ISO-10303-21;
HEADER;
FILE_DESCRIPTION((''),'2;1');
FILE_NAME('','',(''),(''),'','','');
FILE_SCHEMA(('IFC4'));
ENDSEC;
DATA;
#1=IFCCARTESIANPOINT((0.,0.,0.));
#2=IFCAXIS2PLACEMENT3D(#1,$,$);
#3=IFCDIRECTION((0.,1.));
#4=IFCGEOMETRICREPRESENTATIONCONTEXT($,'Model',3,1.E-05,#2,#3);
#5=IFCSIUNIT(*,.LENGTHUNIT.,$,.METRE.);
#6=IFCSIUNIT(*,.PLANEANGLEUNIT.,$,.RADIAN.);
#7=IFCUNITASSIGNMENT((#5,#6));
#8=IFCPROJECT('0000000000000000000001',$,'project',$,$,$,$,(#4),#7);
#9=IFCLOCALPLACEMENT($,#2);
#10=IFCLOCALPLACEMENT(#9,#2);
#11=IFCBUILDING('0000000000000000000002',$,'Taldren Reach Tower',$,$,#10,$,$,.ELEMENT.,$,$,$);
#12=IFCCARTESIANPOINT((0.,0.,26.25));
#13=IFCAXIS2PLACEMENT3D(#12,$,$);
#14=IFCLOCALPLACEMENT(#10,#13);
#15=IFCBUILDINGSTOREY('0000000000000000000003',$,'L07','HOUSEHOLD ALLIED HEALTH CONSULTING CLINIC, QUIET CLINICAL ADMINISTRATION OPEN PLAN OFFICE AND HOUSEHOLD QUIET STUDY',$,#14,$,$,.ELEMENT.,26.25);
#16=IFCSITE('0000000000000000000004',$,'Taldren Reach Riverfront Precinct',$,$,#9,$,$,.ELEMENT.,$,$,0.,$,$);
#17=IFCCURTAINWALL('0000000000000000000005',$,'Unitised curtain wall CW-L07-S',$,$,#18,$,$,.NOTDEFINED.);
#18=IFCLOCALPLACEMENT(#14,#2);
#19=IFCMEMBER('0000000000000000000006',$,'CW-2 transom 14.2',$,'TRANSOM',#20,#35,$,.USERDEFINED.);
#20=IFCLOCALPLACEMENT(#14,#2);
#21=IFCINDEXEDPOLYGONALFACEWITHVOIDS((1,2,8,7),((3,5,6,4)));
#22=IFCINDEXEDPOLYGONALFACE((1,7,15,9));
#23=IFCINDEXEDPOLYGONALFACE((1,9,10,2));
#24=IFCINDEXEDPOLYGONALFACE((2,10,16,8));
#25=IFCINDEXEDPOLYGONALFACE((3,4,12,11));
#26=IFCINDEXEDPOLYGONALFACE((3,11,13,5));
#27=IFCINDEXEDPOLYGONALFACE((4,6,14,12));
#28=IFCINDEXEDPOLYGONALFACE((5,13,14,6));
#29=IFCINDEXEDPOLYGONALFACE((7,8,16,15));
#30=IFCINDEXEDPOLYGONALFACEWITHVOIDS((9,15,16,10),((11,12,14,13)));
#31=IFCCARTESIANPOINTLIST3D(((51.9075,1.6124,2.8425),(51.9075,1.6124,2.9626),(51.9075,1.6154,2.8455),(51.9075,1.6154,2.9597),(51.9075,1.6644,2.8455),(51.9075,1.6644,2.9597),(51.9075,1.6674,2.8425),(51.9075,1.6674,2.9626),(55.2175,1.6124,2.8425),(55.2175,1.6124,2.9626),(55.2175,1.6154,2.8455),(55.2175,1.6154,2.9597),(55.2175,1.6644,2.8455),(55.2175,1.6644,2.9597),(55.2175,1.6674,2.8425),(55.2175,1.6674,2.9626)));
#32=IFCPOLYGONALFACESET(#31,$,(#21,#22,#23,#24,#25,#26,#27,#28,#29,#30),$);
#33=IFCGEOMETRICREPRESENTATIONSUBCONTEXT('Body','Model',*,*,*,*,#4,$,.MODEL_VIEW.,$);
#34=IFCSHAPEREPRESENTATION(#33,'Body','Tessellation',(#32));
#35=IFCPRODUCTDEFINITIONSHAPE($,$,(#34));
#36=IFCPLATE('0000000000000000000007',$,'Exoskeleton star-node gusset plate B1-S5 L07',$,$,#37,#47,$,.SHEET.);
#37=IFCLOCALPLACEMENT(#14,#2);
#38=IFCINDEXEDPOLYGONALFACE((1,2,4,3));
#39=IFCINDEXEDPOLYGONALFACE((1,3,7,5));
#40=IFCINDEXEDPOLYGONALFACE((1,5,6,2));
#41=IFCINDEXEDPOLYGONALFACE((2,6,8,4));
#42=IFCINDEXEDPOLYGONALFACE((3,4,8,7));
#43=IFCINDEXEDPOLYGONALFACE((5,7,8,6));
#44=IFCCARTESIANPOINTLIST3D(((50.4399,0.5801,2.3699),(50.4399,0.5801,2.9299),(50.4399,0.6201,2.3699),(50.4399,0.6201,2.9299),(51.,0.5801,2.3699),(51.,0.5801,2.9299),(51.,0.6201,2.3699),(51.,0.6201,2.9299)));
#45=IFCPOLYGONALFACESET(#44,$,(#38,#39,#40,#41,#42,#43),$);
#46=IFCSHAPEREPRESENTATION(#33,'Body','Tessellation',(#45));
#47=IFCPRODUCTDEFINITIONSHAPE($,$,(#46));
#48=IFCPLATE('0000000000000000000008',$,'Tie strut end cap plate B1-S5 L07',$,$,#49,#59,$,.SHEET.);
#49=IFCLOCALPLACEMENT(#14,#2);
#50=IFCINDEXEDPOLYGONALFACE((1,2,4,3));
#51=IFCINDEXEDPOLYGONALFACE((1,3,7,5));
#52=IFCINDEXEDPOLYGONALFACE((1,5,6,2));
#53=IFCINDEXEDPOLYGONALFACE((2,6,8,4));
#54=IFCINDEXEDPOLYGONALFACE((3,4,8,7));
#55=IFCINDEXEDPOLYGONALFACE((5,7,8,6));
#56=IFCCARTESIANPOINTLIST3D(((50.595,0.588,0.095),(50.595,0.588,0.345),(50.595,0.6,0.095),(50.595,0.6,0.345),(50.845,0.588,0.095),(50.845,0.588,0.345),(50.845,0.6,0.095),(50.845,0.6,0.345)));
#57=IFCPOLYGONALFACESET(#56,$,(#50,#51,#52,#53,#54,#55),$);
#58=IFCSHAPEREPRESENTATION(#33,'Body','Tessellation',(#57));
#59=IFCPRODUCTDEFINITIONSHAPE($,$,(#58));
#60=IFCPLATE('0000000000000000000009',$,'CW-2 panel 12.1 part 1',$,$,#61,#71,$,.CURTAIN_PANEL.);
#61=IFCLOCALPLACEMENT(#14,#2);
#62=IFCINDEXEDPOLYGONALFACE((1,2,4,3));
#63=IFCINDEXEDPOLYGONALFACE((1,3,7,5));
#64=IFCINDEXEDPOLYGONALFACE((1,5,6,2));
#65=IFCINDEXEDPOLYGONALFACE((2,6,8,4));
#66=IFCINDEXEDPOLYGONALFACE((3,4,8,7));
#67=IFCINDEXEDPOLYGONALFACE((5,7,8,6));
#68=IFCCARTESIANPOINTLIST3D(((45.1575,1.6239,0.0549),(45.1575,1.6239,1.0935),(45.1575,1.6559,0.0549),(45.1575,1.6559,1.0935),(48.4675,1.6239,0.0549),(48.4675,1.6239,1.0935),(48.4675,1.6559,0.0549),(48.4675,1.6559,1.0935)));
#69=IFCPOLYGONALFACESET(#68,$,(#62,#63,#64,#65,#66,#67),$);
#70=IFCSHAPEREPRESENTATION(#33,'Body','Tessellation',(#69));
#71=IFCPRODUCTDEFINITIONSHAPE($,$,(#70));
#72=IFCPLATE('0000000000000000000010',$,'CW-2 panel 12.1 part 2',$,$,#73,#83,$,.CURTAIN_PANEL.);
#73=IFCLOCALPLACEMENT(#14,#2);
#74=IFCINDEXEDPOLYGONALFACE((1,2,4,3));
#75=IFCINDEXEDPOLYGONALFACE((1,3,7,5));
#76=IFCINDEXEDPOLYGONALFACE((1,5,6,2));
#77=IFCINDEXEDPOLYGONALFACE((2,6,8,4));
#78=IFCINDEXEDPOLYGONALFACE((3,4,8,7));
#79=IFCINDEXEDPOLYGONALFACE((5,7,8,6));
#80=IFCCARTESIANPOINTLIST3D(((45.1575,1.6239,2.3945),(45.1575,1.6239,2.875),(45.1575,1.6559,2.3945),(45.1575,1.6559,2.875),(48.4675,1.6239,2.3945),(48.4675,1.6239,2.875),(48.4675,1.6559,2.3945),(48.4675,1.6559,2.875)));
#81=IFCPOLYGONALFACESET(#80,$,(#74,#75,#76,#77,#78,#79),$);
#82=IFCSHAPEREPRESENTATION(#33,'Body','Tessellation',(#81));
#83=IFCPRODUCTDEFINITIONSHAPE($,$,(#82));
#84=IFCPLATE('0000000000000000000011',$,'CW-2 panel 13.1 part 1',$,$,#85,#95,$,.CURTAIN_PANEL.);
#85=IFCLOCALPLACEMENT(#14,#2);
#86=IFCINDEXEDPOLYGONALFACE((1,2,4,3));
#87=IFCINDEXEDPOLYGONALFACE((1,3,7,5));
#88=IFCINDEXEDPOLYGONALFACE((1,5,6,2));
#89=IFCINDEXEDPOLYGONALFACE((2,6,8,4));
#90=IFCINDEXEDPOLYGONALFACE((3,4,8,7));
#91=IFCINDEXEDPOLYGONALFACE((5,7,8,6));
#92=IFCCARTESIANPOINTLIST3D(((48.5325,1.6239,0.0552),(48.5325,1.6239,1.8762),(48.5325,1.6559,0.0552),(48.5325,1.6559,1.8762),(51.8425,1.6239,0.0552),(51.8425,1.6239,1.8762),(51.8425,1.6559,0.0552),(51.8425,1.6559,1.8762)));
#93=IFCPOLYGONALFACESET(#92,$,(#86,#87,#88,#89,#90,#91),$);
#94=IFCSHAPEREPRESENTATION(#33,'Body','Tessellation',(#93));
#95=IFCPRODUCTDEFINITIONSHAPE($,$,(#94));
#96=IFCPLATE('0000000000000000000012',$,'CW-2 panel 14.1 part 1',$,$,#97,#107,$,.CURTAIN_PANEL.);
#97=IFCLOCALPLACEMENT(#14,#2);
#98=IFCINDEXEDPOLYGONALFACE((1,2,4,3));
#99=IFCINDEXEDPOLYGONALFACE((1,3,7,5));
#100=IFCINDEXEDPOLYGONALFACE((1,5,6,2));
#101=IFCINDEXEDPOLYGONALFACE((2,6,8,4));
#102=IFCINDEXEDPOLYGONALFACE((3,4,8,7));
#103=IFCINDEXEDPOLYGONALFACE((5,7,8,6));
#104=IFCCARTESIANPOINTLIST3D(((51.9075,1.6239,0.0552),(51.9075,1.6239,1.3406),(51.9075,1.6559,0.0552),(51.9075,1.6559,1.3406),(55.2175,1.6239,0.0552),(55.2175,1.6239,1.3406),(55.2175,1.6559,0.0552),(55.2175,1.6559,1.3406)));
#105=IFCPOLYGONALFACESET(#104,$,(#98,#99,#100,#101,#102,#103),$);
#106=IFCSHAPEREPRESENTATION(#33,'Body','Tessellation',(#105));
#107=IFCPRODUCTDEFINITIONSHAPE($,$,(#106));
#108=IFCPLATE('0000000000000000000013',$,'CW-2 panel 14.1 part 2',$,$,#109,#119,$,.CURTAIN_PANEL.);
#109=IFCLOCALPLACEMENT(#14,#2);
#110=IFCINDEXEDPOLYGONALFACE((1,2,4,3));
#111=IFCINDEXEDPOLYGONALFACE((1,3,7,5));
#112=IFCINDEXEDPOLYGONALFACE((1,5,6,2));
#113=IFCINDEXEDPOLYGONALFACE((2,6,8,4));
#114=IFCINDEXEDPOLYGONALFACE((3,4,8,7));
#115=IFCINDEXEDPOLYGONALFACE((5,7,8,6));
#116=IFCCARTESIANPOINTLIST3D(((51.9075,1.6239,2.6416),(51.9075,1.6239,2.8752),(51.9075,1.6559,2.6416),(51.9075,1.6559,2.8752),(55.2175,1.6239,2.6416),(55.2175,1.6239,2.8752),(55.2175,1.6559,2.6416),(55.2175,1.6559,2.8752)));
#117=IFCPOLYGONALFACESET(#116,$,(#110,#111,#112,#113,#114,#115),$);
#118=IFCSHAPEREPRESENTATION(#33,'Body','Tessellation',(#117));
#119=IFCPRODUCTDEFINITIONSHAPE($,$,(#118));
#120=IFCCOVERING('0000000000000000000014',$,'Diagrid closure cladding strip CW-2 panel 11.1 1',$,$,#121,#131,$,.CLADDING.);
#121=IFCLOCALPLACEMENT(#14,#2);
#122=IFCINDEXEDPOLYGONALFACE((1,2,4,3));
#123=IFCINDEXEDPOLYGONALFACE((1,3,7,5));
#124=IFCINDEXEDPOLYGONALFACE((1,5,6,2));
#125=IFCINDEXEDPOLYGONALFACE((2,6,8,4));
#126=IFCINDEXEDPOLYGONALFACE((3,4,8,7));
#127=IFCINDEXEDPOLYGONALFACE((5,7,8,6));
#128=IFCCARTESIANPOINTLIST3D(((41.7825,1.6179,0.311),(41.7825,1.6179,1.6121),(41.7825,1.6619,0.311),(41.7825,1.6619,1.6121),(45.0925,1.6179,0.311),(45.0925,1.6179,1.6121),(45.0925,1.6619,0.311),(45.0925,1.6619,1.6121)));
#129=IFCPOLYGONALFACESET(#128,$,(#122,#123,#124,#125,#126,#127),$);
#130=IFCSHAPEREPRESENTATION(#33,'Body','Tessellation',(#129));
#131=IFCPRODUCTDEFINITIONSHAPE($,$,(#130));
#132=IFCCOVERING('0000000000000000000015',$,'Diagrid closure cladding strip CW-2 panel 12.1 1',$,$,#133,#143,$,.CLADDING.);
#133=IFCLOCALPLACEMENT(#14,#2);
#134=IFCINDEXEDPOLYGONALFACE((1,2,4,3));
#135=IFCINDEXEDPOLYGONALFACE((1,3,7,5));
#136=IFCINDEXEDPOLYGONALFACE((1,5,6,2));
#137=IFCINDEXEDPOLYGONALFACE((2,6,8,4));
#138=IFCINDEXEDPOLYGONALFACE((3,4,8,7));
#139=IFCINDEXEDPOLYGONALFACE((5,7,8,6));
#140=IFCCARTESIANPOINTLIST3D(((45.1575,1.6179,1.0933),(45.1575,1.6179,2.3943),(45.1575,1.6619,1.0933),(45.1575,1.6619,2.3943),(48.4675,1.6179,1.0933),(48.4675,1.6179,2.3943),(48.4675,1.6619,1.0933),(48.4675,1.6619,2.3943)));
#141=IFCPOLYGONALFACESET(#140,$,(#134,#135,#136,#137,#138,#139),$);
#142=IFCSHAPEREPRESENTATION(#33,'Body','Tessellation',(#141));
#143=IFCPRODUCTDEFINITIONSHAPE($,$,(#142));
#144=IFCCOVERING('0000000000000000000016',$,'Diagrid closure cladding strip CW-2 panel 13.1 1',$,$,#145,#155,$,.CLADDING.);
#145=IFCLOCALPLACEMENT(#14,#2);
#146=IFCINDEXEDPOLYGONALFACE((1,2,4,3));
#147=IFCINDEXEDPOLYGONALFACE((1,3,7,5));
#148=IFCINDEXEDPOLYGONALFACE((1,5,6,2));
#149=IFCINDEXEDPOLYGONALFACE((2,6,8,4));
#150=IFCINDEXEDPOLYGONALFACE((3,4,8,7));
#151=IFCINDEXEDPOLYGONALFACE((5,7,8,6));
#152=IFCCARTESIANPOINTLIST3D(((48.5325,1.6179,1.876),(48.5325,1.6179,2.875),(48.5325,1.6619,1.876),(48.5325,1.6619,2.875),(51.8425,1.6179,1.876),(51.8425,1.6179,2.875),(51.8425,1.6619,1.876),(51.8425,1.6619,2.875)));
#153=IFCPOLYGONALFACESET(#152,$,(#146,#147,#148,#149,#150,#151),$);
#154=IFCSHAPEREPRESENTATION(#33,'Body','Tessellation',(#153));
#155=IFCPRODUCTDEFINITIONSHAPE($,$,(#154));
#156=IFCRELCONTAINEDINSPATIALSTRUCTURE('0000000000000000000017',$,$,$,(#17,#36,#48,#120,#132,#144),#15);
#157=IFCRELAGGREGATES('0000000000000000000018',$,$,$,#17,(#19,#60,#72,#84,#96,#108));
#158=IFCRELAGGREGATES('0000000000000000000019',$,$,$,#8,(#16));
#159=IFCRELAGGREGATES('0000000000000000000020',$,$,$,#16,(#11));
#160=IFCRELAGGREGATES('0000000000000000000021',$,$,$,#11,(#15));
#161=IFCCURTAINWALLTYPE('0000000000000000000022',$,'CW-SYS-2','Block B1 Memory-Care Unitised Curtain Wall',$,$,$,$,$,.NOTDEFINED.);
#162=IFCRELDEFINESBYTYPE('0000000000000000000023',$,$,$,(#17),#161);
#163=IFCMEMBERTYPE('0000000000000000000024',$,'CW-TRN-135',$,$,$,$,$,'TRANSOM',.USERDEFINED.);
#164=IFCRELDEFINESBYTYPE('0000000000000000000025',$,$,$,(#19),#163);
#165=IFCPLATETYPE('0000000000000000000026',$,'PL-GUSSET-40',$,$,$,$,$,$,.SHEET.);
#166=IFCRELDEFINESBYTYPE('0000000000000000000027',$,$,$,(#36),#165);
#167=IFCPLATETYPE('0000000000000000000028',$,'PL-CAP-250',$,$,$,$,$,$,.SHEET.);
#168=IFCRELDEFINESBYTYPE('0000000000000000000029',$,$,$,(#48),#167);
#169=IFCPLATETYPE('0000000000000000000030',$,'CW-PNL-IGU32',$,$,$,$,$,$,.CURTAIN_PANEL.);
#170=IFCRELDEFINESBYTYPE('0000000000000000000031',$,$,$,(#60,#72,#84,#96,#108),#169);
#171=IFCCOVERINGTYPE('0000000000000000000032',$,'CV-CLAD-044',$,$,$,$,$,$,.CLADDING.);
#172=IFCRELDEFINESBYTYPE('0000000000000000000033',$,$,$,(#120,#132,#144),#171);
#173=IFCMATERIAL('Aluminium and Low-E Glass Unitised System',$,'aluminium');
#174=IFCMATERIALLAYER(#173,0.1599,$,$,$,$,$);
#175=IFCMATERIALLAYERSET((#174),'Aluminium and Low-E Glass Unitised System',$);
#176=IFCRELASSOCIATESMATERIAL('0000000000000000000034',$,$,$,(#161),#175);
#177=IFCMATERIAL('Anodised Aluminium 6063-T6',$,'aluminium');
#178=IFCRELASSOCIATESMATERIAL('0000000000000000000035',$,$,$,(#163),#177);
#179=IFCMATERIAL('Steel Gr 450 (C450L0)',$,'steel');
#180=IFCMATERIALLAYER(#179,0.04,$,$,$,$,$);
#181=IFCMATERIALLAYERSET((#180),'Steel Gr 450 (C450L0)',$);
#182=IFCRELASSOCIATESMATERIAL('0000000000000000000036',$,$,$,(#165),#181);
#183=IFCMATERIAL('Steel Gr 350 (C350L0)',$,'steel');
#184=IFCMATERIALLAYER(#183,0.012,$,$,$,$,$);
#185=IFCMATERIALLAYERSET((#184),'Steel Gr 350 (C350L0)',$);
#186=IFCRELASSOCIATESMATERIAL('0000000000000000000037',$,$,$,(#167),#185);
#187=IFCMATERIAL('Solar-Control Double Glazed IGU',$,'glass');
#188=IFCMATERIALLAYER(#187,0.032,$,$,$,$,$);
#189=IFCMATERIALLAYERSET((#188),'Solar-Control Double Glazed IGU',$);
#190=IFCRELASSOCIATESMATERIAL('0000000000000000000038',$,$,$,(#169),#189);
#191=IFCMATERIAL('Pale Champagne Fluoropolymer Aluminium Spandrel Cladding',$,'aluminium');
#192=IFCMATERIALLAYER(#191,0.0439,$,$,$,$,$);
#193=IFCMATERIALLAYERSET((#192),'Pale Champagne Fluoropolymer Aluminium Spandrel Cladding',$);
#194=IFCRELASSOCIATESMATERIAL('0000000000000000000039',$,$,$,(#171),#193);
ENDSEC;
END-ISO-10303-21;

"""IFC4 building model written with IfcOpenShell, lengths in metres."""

from ifc_helpers import new_model, si_unit, direction, frame, origin, origin_2d, place, context, subcontext, project, spatial, rectangle, hollow_rectangle, extrude, source, transform, mapped, material, layer, layer_set, material_profile, profile_set, type_object, element, aggregate, save


model = new_model("IFC4")

# Units and contexts
model_context = context("Model", 3, precision=1e-05, world=origin(), true_north=direction((0.0, 1.0)))
body_context = subcontext(model_context, "Body", "Model", "MODEL_VIEW")
ifc_project = project(units=[si_unit("LENGTHUNIT", "METRE"), si_unit("PLANEANGLEUNIT", "RADIAN")], contexts=[model_context])

# Site, building, storey
site_placement = place(None, origin())
site = spatial("IfcSite", under=ifc_project, at=site_placement, Name="Taldren Reach Riverfront Precinct", CompositionType="ELEMENT", RefElevation=0.0)
building_placement = place(site_placement, origin())
building = spatial("IfcBuilding", under=site, at=building_placement, Name="Taldren Reach Tower", CompositionType="ELEMENT")
storey_placement = place(building_placement, frame((0.0, 0.0, 26.25)))
storey = spatial("IfcBuildingStorey", under=building, at=storey_placement, Name="L07", Description="HOUSEHOLD ALLIED HEALTH CONSULTING CLINIC, QUIET CLINICAL ADMINISTRATION OPEN PLAN OFFICE AND HOUSEHOLD QUIET STUDY", CompositionType="ELEMENT", Elevation=26.25)

# Shared definitions
ifc_material_1 = material(Name="Steel Gr 450 (C450L0)", Category="steel")
ifc_material_2 = material(Name="Steel Gr 350 (C350L0)", Category="steel")

# Curtain wall, member
ifc_material_3 = material(Name="Aluminium and Low-E Glass Unitised System", Category="aluminium")
ifc_layer_1 = layer(ifc_material_3, 0.1599)
ifc_layer_set_1 = layer_set([ifc_layer_1], Name="Aluminium and Low-E Glass Unitised System")
curtain_wall_type = type_object("IfcCurtainWallType", Name="CW-SYS-2", Description="Block B1 Memory-Care Unitised Curtain Wall", PredefinedType="NOTDEFINED", material=ifc_layer_set_1)
curtain_wall_placement = place(storey_placement, origin())
curtain_wall = element("IfcCurtainWall", 1, at=curtain_wall_placement, inside=storey, type_object=curtain_wall_type, Name="Unitised curtain wall CW-L07-S", PredefinedType="NOTDEFINED")
ifc_material_4 = material(Name="Anodised Aluminium 6063-T6", Category="aluminium")
ifc_material_profile_1 = material_profile(ifc_material_4, hollow_rectangle(XDim=0.0549, YDim=0.1201, WallThickness=0.0029, at=origin_2d()), Name="ALU-120x55x3RHS")
ifc_profile_set_1 = profile_set([ifc_material_profile_1], Name="Anodised Aluminium 6063-T6")
member_type_1 = type_object("IfcMemberType", Name="CW-TRN-135", ElementType="TRANSOM", PredefinedType="USERDEFINED", material=ifc_profile_set_1)
shared_shape_1 = source(origin(), body_context, "Body", "SweptSolid", [
    extrude(hollow_rectangle(XDim=0.0549, YDim=0.1201, WallThickness=0.0029, at=origin_2d()), origin(), (0.0, 0.0, 1.0), 3.3101),
])
member_1_placement = place(storey_placement, frame((51.9075, 1.6399, 2.9026), z_axis=(1.0, 0.0, 0.0), x_axis=(0.0, 1.0, 0.0)))
member_1 = element("IfcMember", 2, at=member_1_placement, type_object=member_type_1, Name="CW-2 transom 14.2", ObjectType="TRANSOM", PredefinedType="USERDEFINED", context=body_context, shape_type="MappedRepresentation", body=[
    mapped(shared_shape_1, transform((0.0, 0.0, 0.0), scale=1.0)),
])

# Plates
ifc_layer_2 = layer(ifc_material_1, 0.04)
ifc_layer_set_2 = layer_set([ifc_layer_2], Name="Steel Gr 450 (C450L0)")
plate_type_1 = type_object("IfcPlateType", Name="PL-GUSSET-40", PredefinedType="SHEET", material=ifc_layer_set_2)
shared_shape_2 = source(origin(), body_context, "Body", "SweptSolid", [
    extrude(rectangle(XDim=0.5601, YDim=0.04, at=origin_2d()), origin(), (0.0, 0.0, 1.0), 0.5601),
])
plate_1_placement = place(storey_placement, frame((50.72, 0.6001, 2.3699), z_axis=(0.0, 0.0, 1.0), x_axis=(1.0, 0.0, 0.0)))
element("IfcPlate", 3, at=plate_1_placement, inside=storey, type_object=plate_type_1, Name="Exoskeleton star-node gusset plate B1-S5 L07", PredefinedType="SHEET", context=body_context, shape_type="MappedRepresentation", body=[
    mapped(shared_shape_2, transform((0.0, 0.0, 0.0), scale=1.0)),
])
ifc_layer_3 = layer(ifc_material_2, 0.012)
ifc_layer_set_3 = layer_set([ifc_layer_3], Name="Steel Gr 350 (C350L0)")
plate_type_2 = type_object("IfcPlateType", Name="PL-CAP-250", PredefinedType="SHEET", material=ifc_layer_set_3)
shared_shape_3 = source(origin(), body_context, "Body", "SweptSolid", [
    extrude(rectangle(XDim=0.25, YDim=0.012, at=origin_2d()), origin(), (0.0, 0.0, 1.0), 0.25),
])
plate_2_placement = place(storey_placement, frame((50.72, 0.594, 0.095), z_axis=(0.0, 0.0, 1.0), x_axis=(1.0, 0.0, 0.0)))
element("IfcPlate", 4, at=plate_2_placement, inside=storey, type_object=plate_type_2, Name="Tie strut end cap plate B1-S5 L07", PredefinedType="SHEET", context=body_context, shape_type="MappedRepresentation", body=[
    mapped(shared_shape_3, transform((0.0, 0.0, 0.0), scale=1.0)),
])

# Plates
ifc_material_5 = material(Name="Solar-Control Double Glazed IGU", Category="glass")
ifc_layer_4 = layer(ifc_material_5, 0.032)
ifc_layer_set_4 = layer_set([ifc_layer_4], Name="Solar-Control Double Glazed IGU")
plate_type_3 = type_object("IfcPlateType", Name="CW-PNL-IGU32", PredefinedType="CURTAIN_PANEL", material=ifc_layer_set_4)
shared_shape_4 = source(origin(), body_context, "Body", "SweptSolid", [
    extrude(rectangle(XDim=3.3101, YDim=0.032, at=origin_2d()), origin(), (0.0, 0.0, 1.0), 1.0386),
])
plate_3_placement = place(storey_placement, frame((46.8125, 1.6399, 0.0549), z_axis=(0.0, 0.0, 1.0), x_axis=(1.0, 0.0, 0.0)))
plate_3 = element("IfcPlate", 5, at=plate_3_placement, type_object=plate_type_3, Name="CW-2 panel 12.1 part 1", PredefinedType="CURTAIN_PANEL", context=body_context, shape_type="MappedRepresentation", body=[
    mapped(shared_shape_4, transform((0.0, 0.0, 0.0), scale=1.0)),
])
shared_shape_5 = source(origin(), body_context, "Body", "SweptSolid", [
    extrude(rectangle(XDim=3.3101, YDim=0.032, at=origin_2d()), origin(), (0.0, 0.0, 1.0), 0.4805),
])
plate_4_placement = place(storey_placement, frame((46.8125, 1.6399, 2.3945), z_axis=(0.0, 0.0, 1.0), x_axis=(1.0, 0.0, 0.0)))
plate_4 = element("IfcPlate", 6, at=plate_4_placement, type_object=plate_type_3, Name="CW-2 panel 12.1 part 2", PredefinedType="CURTAIN_PANEL", context=body_context, shape_type="MappedRepresentation", body=[
    mapped(shared_shape_5, transform((0.0, 0.0, 0.0), scale=1.0)),
])
shared_shape_6 = source(origin(), body_context, "Body", "SweptSolid", [
    extrude(rectangle(XDim=3.3101, YDim=0.032, at=origin_2d()), origin(), (0.0, 0.0, 1.0), 1.821),
])
plate_5_placement = place(storey_placement, frame((50.1875, 1.6399, 0.0552), z_axis=(0.0, 0.0, 1.0), x_axis=(1.0, 0.0, 0.0)))
plate_5 = element("IfcPlate", 7, at=plate_5_placement, type_object=plate_type_3, Name="CW-2 panel 13.1 part 1", PredefinedType="CURTAIN_PANEL", context=body_context, shape_type="MappedRepresentation", body=[
    mapped(shared_shape_6, transform((0.0, 0.0, 0.0), scale=1.0)),
])
shared_shape_7 = source(origin(), body_context, "Body", "SweptSolid", [
    extrude(rectangle(XDim=3.3101, YDim=0.032, at=origin_2d()), origin(), (0.0, 0.0, 1.0), 1.2854),
])
plate_6_placement = place(storey_placement, frame((53.5625, 1.6399, 0.0552), z_axis=(0.0, 0.0, 1.0), x_axis=(1.0, 0.0, 0.0)))
plate_6 = element("IfcPlate", 8, at=plate_6_placement, type_object=plate_type_3, Name="CW-2 panel 14.1 part 1", PredefinedType="CURTAIN_PANEL", context=body_context, shape_type="MappedRepresentation", body=[
    mapped(shared_shape_7, transform((0.0, 0.0, 0.0), scale=1.0)),
])
shared_shape_8 = source(origin(), body_context, "Body", "SweptSolid", [
    extrude(rectangle(XDim=3.3101, YDim=0.032, at=origin_2d()), origin(), (0.0, 0.0, 1.0), 0.2336),
])
plate_7_placement = place(storey_placement, frame((53.5625, 1.6399, 2.6416), z_axis=(0.0, 0.0, 1.0), x_axis=(1.0, 0.0, 0.0)))
plate_7 = element("IfcPlate", 9, at=plate_7_placement, type_object=plate_type_3, Name="CW-2 panel 14.1 part 2", PredefinedType="CURTAIN_PANEL", context=body_context, shape_type="MappedRepresentation", body=[
    mapped(shared_shape_8, transform((0.0, 0.0, 0.0), scale=1.0)),
])
aggregate(curtain_wall, [member_1, plate_3, plate_4, plate_5, plate_6, plate_7])

# Coverings
ifc_material_6 = material(Name="Pale Champagne Fluoropolymer Aluminium Spandrel Cladding", Category="aluminium")
ifc_layer_5 = layer(ifc_material_6, 0.0439)
ifc_layer_set_5 = layer_set([ifc_layer_5], Name="Pale Champagne Fluoropolymer Aluminium Spandrel Cladding")
covering_type = type_object("IfcCoveringType", Name="CV-CLAD-044", PredefinedType="CLADDING", material=ifc_layer_set_5)
shared_shape_9 = source(origin(), body_context, "Body", "SweptSolid", [
    extrude(rectangle(XDim=3.3101, YDim=0.0439, at=origin_2d()), origin(), (0.0, 0.0, 1.0), 1.301),
])
for number, where, z_axis, x_axis, name in (
    (10, (43.4375, 1.6399, 0.311), (0.0, 0.0, 1.0), (1.0, 0.0, 0.0), "Diagrid closure cladding strip CW-2 panel 11.1 1"),
    (11, (46.8125, 1.6399, 1.0933), (0.0, 0.0, 1.0), (1.0, 0.0, 0.0), "Diagrid closure cladding strip CW-2 panel 12.1 1"),
):
    element("IfcCovering", number, at=place(storey_placement, frame(where, z_axis=z_axis, x_axis=x_axis)), inside=storey, type_object=covering_type, Name=name, PredefinedType="CLADDING", context=body_context, shape_type="MappedRepresentation", body=[
        mapped(shared_shape_9, transform((0.0, 0.0, 0.0), scale=1.0)),
    ])
shared_shape_10 = source(origin(), body_context, "Body", "SweptSolid", [
    extrude(rectangle(XDim=3.3101, YDim=0.0439, at=origin_2d()), origin(), (0.0, 0.0, 1.0), 0.999),
])
covering_placement = place(storey_placement, frame((50.1875, 1.6399, 1.876), z_axis=(0.0, 0.0, 1.0), x_axis=(1.0, 0.0, 0.0)))
element("IfcCovering", 12, at=covering_placement, inside=storey, type_object=covering_type, Name="Diagrid closure cladding strip CW-2 panel 13.1 1", PredefinedType="CLADDING", context=body_context, shape_type="MappedRepresentation", body=[
    mapped(shared_shape_10, transform((0.0, 0.0, 0.0), scale=1.0)),
])

save(model, "model.ifc")
